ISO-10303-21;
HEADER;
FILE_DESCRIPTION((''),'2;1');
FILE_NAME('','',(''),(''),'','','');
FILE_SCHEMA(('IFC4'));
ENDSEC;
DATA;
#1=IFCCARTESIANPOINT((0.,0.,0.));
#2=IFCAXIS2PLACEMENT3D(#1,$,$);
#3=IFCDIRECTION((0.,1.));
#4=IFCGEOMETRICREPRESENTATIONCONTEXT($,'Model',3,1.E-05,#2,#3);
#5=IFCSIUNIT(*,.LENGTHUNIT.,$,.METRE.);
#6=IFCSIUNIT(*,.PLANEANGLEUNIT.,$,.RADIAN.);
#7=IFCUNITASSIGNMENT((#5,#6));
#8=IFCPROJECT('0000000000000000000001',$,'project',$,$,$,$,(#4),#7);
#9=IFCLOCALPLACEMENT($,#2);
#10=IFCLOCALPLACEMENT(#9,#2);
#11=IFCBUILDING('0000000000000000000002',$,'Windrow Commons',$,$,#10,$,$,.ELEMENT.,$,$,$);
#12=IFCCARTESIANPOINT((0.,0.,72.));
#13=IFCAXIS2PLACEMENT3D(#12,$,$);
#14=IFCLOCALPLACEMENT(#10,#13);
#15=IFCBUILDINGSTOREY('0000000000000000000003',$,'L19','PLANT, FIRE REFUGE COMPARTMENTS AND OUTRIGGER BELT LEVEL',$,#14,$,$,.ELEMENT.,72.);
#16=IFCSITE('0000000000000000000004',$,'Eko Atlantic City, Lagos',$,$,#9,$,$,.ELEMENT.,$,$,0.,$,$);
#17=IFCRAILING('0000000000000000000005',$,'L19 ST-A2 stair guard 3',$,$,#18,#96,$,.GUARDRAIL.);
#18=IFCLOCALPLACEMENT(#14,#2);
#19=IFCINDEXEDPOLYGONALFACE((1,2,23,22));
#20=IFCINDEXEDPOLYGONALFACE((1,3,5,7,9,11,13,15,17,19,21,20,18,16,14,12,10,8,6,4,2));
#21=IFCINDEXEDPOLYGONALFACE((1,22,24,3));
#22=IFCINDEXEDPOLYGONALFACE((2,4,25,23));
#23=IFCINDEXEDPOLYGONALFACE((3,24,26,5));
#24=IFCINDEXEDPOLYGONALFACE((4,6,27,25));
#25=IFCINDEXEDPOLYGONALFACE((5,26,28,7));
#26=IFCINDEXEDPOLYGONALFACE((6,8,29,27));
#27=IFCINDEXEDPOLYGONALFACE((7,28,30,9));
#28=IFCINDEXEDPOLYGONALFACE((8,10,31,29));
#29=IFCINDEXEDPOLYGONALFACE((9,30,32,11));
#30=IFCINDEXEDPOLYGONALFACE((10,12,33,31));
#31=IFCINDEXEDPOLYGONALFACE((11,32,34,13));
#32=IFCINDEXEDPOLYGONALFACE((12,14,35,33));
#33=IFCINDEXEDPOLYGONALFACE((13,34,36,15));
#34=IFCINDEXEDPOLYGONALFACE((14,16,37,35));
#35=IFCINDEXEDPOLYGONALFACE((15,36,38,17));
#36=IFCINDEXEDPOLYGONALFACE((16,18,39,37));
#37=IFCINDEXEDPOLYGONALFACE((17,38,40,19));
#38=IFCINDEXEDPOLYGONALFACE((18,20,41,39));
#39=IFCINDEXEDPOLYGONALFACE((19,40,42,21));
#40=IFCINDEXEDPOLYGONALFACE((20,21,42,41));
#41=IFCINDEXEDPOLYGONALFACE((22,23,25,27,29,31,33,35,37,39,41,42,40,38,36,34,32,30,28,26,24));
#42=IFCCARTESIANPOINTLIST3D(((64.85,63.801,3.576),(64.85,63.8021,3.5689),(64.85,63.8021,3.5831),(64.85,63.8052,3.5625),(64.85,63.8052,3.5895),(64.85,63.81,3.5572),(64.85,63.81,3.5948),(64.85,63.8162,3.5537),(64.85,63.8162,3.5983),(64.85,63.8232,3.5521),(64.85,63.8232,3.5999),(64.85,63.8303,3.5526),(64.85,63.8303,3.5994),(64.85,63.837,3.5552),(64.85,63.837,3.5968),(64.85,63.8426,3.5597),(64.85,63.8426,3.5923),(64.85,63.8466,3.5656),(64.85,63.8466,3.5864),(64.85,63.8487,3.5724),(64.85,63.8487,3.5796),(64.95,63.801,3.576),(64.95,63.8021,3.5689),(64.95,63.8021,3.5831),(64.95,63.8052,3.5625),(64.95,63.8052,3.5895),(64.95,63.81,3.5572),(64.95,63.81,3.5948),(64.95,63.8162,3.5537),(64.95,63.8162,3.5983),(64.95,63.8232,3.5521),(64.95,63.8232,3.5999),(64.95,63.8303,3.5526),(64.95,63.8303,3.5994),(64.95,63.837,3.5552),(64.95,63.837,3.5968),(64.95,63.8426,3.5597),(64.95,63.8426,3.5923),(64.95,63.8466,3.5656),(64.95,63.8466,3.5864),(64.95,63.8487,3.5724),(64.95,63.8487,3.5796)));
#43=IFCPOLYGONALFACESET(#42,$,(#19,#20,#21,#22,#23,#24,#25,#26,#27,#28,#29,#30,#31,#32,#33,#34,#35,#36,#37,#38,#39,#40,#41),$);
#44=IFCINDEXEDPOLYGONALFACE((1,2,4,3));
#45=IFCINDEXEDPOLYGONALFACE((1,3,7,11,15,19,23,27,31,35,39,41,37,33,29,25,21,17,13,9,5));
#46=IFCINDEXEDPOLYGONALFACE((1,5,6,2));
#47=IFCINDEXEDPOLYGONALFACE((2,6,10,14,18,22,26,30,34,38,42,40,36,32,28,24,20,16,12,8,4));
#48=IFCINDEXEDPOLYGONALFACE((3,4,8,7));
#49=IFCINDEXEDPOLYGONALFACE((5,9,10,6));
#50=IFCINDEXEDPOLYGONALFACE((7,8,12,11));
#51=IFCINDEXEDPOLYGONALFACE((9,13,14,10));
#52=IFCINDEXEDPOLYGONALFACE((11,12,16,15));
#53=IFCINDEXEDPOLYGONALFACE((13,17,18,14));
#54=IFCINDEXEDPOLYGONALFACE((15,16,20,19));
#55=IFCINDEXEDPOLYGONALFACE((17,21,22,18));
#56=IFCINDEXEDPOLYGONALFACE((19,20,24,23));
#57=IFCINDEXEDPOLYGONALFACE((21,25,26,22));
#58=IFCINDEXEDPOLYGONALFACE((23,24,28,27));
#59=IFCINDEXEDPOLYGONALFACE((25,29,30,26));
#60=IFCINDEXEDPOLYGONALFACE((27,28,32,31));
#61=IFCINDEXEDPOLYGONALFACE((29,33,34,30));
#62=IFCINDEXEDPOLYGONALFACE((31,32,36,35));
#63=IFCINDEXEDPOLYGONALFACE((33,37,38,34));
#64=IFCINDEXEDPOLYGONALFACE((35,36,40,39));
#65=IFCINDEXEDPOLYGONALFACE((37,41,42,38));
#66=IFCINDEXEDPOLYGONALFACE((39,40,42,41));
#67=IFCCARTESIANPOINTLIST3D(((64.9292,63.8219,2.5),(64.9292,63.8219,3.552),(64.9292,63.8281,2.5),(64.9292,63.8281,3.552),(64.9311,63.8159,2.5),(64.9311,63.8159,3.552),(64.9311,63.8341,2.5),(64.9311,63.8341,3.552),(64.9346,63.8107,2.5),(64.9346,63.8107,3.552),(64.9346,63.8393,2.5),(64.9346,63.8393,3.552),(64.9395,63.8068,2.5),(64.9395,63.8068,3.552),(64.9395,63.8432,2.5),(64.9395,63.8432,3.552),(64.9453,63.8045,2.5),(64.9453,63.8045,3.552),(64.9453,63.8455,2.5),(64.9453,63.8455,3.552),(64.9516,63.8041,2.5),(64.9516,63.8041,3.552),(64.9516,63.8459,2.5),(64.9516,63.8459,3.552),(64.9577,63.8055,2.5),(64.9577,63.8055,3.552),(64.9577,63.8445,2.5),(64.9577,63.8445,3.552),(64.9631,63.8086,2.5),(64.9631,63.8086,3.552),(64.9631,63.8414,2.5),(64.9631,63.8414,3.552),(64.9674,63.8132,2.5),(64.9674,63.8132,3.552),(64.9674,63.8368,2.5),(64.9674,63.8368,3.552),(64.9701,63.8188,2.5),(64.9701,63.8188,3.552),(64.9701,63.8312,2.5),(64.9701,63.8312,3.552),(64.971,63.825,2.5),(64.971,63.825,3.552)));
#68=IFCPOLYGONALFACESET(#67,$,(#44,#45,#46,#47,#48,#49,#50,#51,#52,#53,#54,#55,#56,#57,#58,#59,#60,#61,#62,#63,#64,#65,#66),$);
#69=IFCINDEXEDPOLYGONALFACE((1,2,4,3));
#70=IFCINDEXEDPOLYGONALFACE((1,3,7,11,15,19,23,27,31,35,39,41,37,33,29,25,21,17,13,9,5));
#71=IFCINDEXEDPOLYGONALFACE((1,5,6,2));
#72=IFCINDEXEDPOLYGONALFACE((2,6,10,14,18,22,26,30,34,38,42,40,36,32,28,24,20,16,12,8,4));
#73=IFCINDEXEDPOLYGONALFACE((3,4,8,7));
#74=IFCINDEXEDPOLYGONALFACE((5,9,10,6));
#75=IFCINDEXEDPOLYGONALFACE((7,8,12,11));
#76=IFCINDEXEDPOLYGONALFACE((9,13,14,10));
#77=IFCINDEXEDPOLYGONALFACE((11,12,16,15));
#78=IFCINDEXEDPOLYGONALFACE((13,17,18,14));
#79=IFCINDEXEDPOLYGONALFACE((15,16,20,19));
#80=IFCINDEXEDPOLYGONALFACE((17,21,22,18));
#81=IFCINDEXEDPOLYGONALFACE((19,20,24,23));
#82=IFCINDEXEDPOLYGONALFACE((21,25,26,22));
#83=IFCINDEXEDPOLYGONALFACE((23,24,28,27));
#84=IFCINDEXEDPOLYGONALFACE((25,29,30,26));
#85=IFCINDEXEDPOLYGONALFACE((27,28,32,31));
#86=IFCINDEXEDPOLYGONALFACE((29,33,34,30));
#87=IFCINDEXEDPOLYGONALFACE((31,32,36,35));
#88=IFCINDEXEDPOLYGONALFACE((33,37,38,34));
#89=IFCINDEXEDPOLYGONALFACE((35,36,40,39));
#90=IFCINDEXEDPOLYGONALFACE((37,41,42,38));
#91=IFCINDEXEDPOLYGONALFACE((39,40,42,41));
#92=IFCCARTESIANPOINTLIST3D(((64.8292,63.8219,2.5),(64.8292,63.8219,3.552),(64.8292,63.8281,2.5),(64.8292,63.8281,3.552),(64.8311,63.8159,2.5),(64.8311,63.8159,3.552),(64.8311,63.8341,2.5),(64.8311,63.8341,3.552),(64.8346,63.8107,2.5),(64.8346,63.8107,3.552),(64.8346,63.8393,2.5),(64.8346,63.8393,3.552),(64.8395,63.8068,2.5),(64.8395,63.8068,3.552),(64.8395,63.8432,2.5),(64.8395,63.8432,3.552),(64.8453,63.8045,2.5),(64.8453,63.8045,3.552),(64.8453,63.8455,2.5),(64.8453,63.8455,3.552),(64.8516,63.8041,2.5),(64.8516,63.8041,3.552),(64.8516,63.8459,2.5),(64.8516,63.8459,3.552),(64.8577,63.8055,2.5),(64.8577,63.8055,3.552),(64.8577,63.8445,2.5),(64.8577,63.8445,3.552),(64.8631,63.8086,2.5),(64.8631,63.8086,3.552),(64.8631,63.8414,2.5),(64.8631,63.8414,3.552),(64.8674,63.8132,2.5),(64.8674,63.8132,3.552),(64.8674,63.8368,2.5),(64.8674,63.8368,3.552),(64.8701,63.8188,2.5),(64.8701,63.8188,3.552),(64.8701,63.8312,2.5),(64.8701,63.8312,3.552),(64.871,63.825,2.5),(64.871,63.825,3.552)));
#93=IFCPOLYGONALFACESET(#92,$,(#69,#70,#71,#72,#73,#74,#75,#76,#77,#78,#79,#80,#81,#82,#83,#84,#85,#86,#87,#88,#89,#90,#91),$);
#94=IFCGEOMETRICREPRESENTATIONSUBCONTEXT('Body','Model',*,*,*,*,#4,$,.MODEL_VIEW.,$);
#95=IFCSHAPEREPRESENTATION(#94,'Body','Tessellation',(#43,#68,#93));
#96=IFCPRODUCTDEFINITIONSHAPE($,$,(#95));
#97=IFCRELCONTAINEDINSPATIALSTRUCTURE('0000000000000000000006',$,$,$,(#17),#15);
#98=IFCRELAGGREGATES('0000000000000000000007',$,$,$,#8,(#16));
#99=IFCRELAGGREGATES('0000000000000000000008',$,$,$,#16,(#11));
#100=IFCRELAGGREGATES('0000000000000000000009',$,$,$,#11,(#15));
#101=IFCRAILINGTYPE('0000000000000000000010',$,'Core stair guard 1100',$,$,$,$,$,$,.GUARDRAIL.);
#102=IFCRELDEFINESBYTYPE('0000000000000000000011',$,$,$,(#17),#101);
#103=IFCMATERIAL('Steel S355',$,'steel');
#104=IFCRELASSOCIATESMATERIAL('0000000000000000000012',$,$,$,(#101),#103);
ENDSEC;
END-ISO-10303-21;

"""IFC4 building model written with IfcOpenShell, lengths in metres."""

from ifc_helpers import new_model, si_unit, direction, frame, origin, origin_2d, place, context, subcontext, project, spatial, circle, extrude, material, type_object, element, save


model = new_model("IFC4")

# Units and contexts
model_context = context("Model", 3, precision=1e-05, world=origin(), true_north=direction((0.0, 1.0)))
body_context = subcontext(model_context, "Body", "Model", "MODEL_VIEW")
ifc_project = project(units=[si_unit("LENGTHUNIT", "METRE"), si_unit("PLANEANGLEUNIT", "RADIAN")], contexts=[model_context])

# Site, building, storey
site_placement = place(None, origin())
site = spatial("IfcSite", under=ifc_project, at=site_placement, Name="Eko Atlantic City, Lagos", CompositionType="ELEMENT", RefElevation=0.0)
building_placement = place(site_placement, origin())
building = spatial("IfcBuilding", under=site, at=building_placement, Name="Windrow Commons", CompositionType="ELEMENT")
storey_placement = place(building_placement, frame((0.0, 0.0, 72.0)))
storey = spatial("IfcBuildingStorey", under=building, at=storey_placement, Name="L19", Description="PLANT, FIRE REFUGE COMPARTMENTS AND OUTRIGGER BELT LEVEL", CompositionType="ELEMENT", Elevation=72.0)

# Railing
ifc_material_1 = material(Name="Steel S355", Category="steel")
railing_type_1 = type_object("IfcRailingType", Name="Core stair guard 1100", PredefinedType="GUARDRAIL", material=ifc_material_1)
railing_1_placement = place(storey_placement, frame((64.95, 63.825, 2.5)))
element("IfcRailing", 1, at=railing_1_placement, inside=storey, type_object=railing_type_1, Name="L19 ST-A2 stair guard 3", PredefinedType="GUARDRAIL", context=body_context, shape_type="SweptSolid", body=[
    extrude(circle(Radius=0.024, at=origin_2d()), frame((0.0, 0.0, 1.076), z_axis=(-1.0, 0.0, 0.0), x_axis=(0.0, -1.0, 0.0)), (0.0, 0.0, 1.0), 0.1),
    extrude(circle(Radius=0.021, at=origin_2d()), origin(), (0.0, 0.0, 1.0), 1.052),
    extrude(circle(Radius=0.021, at=origin_2d()), frame((-0.1, 0.0, 0.0)), (0.0, 0.0, 1.0), 1.052),
])

save(model, "model.ifc")
